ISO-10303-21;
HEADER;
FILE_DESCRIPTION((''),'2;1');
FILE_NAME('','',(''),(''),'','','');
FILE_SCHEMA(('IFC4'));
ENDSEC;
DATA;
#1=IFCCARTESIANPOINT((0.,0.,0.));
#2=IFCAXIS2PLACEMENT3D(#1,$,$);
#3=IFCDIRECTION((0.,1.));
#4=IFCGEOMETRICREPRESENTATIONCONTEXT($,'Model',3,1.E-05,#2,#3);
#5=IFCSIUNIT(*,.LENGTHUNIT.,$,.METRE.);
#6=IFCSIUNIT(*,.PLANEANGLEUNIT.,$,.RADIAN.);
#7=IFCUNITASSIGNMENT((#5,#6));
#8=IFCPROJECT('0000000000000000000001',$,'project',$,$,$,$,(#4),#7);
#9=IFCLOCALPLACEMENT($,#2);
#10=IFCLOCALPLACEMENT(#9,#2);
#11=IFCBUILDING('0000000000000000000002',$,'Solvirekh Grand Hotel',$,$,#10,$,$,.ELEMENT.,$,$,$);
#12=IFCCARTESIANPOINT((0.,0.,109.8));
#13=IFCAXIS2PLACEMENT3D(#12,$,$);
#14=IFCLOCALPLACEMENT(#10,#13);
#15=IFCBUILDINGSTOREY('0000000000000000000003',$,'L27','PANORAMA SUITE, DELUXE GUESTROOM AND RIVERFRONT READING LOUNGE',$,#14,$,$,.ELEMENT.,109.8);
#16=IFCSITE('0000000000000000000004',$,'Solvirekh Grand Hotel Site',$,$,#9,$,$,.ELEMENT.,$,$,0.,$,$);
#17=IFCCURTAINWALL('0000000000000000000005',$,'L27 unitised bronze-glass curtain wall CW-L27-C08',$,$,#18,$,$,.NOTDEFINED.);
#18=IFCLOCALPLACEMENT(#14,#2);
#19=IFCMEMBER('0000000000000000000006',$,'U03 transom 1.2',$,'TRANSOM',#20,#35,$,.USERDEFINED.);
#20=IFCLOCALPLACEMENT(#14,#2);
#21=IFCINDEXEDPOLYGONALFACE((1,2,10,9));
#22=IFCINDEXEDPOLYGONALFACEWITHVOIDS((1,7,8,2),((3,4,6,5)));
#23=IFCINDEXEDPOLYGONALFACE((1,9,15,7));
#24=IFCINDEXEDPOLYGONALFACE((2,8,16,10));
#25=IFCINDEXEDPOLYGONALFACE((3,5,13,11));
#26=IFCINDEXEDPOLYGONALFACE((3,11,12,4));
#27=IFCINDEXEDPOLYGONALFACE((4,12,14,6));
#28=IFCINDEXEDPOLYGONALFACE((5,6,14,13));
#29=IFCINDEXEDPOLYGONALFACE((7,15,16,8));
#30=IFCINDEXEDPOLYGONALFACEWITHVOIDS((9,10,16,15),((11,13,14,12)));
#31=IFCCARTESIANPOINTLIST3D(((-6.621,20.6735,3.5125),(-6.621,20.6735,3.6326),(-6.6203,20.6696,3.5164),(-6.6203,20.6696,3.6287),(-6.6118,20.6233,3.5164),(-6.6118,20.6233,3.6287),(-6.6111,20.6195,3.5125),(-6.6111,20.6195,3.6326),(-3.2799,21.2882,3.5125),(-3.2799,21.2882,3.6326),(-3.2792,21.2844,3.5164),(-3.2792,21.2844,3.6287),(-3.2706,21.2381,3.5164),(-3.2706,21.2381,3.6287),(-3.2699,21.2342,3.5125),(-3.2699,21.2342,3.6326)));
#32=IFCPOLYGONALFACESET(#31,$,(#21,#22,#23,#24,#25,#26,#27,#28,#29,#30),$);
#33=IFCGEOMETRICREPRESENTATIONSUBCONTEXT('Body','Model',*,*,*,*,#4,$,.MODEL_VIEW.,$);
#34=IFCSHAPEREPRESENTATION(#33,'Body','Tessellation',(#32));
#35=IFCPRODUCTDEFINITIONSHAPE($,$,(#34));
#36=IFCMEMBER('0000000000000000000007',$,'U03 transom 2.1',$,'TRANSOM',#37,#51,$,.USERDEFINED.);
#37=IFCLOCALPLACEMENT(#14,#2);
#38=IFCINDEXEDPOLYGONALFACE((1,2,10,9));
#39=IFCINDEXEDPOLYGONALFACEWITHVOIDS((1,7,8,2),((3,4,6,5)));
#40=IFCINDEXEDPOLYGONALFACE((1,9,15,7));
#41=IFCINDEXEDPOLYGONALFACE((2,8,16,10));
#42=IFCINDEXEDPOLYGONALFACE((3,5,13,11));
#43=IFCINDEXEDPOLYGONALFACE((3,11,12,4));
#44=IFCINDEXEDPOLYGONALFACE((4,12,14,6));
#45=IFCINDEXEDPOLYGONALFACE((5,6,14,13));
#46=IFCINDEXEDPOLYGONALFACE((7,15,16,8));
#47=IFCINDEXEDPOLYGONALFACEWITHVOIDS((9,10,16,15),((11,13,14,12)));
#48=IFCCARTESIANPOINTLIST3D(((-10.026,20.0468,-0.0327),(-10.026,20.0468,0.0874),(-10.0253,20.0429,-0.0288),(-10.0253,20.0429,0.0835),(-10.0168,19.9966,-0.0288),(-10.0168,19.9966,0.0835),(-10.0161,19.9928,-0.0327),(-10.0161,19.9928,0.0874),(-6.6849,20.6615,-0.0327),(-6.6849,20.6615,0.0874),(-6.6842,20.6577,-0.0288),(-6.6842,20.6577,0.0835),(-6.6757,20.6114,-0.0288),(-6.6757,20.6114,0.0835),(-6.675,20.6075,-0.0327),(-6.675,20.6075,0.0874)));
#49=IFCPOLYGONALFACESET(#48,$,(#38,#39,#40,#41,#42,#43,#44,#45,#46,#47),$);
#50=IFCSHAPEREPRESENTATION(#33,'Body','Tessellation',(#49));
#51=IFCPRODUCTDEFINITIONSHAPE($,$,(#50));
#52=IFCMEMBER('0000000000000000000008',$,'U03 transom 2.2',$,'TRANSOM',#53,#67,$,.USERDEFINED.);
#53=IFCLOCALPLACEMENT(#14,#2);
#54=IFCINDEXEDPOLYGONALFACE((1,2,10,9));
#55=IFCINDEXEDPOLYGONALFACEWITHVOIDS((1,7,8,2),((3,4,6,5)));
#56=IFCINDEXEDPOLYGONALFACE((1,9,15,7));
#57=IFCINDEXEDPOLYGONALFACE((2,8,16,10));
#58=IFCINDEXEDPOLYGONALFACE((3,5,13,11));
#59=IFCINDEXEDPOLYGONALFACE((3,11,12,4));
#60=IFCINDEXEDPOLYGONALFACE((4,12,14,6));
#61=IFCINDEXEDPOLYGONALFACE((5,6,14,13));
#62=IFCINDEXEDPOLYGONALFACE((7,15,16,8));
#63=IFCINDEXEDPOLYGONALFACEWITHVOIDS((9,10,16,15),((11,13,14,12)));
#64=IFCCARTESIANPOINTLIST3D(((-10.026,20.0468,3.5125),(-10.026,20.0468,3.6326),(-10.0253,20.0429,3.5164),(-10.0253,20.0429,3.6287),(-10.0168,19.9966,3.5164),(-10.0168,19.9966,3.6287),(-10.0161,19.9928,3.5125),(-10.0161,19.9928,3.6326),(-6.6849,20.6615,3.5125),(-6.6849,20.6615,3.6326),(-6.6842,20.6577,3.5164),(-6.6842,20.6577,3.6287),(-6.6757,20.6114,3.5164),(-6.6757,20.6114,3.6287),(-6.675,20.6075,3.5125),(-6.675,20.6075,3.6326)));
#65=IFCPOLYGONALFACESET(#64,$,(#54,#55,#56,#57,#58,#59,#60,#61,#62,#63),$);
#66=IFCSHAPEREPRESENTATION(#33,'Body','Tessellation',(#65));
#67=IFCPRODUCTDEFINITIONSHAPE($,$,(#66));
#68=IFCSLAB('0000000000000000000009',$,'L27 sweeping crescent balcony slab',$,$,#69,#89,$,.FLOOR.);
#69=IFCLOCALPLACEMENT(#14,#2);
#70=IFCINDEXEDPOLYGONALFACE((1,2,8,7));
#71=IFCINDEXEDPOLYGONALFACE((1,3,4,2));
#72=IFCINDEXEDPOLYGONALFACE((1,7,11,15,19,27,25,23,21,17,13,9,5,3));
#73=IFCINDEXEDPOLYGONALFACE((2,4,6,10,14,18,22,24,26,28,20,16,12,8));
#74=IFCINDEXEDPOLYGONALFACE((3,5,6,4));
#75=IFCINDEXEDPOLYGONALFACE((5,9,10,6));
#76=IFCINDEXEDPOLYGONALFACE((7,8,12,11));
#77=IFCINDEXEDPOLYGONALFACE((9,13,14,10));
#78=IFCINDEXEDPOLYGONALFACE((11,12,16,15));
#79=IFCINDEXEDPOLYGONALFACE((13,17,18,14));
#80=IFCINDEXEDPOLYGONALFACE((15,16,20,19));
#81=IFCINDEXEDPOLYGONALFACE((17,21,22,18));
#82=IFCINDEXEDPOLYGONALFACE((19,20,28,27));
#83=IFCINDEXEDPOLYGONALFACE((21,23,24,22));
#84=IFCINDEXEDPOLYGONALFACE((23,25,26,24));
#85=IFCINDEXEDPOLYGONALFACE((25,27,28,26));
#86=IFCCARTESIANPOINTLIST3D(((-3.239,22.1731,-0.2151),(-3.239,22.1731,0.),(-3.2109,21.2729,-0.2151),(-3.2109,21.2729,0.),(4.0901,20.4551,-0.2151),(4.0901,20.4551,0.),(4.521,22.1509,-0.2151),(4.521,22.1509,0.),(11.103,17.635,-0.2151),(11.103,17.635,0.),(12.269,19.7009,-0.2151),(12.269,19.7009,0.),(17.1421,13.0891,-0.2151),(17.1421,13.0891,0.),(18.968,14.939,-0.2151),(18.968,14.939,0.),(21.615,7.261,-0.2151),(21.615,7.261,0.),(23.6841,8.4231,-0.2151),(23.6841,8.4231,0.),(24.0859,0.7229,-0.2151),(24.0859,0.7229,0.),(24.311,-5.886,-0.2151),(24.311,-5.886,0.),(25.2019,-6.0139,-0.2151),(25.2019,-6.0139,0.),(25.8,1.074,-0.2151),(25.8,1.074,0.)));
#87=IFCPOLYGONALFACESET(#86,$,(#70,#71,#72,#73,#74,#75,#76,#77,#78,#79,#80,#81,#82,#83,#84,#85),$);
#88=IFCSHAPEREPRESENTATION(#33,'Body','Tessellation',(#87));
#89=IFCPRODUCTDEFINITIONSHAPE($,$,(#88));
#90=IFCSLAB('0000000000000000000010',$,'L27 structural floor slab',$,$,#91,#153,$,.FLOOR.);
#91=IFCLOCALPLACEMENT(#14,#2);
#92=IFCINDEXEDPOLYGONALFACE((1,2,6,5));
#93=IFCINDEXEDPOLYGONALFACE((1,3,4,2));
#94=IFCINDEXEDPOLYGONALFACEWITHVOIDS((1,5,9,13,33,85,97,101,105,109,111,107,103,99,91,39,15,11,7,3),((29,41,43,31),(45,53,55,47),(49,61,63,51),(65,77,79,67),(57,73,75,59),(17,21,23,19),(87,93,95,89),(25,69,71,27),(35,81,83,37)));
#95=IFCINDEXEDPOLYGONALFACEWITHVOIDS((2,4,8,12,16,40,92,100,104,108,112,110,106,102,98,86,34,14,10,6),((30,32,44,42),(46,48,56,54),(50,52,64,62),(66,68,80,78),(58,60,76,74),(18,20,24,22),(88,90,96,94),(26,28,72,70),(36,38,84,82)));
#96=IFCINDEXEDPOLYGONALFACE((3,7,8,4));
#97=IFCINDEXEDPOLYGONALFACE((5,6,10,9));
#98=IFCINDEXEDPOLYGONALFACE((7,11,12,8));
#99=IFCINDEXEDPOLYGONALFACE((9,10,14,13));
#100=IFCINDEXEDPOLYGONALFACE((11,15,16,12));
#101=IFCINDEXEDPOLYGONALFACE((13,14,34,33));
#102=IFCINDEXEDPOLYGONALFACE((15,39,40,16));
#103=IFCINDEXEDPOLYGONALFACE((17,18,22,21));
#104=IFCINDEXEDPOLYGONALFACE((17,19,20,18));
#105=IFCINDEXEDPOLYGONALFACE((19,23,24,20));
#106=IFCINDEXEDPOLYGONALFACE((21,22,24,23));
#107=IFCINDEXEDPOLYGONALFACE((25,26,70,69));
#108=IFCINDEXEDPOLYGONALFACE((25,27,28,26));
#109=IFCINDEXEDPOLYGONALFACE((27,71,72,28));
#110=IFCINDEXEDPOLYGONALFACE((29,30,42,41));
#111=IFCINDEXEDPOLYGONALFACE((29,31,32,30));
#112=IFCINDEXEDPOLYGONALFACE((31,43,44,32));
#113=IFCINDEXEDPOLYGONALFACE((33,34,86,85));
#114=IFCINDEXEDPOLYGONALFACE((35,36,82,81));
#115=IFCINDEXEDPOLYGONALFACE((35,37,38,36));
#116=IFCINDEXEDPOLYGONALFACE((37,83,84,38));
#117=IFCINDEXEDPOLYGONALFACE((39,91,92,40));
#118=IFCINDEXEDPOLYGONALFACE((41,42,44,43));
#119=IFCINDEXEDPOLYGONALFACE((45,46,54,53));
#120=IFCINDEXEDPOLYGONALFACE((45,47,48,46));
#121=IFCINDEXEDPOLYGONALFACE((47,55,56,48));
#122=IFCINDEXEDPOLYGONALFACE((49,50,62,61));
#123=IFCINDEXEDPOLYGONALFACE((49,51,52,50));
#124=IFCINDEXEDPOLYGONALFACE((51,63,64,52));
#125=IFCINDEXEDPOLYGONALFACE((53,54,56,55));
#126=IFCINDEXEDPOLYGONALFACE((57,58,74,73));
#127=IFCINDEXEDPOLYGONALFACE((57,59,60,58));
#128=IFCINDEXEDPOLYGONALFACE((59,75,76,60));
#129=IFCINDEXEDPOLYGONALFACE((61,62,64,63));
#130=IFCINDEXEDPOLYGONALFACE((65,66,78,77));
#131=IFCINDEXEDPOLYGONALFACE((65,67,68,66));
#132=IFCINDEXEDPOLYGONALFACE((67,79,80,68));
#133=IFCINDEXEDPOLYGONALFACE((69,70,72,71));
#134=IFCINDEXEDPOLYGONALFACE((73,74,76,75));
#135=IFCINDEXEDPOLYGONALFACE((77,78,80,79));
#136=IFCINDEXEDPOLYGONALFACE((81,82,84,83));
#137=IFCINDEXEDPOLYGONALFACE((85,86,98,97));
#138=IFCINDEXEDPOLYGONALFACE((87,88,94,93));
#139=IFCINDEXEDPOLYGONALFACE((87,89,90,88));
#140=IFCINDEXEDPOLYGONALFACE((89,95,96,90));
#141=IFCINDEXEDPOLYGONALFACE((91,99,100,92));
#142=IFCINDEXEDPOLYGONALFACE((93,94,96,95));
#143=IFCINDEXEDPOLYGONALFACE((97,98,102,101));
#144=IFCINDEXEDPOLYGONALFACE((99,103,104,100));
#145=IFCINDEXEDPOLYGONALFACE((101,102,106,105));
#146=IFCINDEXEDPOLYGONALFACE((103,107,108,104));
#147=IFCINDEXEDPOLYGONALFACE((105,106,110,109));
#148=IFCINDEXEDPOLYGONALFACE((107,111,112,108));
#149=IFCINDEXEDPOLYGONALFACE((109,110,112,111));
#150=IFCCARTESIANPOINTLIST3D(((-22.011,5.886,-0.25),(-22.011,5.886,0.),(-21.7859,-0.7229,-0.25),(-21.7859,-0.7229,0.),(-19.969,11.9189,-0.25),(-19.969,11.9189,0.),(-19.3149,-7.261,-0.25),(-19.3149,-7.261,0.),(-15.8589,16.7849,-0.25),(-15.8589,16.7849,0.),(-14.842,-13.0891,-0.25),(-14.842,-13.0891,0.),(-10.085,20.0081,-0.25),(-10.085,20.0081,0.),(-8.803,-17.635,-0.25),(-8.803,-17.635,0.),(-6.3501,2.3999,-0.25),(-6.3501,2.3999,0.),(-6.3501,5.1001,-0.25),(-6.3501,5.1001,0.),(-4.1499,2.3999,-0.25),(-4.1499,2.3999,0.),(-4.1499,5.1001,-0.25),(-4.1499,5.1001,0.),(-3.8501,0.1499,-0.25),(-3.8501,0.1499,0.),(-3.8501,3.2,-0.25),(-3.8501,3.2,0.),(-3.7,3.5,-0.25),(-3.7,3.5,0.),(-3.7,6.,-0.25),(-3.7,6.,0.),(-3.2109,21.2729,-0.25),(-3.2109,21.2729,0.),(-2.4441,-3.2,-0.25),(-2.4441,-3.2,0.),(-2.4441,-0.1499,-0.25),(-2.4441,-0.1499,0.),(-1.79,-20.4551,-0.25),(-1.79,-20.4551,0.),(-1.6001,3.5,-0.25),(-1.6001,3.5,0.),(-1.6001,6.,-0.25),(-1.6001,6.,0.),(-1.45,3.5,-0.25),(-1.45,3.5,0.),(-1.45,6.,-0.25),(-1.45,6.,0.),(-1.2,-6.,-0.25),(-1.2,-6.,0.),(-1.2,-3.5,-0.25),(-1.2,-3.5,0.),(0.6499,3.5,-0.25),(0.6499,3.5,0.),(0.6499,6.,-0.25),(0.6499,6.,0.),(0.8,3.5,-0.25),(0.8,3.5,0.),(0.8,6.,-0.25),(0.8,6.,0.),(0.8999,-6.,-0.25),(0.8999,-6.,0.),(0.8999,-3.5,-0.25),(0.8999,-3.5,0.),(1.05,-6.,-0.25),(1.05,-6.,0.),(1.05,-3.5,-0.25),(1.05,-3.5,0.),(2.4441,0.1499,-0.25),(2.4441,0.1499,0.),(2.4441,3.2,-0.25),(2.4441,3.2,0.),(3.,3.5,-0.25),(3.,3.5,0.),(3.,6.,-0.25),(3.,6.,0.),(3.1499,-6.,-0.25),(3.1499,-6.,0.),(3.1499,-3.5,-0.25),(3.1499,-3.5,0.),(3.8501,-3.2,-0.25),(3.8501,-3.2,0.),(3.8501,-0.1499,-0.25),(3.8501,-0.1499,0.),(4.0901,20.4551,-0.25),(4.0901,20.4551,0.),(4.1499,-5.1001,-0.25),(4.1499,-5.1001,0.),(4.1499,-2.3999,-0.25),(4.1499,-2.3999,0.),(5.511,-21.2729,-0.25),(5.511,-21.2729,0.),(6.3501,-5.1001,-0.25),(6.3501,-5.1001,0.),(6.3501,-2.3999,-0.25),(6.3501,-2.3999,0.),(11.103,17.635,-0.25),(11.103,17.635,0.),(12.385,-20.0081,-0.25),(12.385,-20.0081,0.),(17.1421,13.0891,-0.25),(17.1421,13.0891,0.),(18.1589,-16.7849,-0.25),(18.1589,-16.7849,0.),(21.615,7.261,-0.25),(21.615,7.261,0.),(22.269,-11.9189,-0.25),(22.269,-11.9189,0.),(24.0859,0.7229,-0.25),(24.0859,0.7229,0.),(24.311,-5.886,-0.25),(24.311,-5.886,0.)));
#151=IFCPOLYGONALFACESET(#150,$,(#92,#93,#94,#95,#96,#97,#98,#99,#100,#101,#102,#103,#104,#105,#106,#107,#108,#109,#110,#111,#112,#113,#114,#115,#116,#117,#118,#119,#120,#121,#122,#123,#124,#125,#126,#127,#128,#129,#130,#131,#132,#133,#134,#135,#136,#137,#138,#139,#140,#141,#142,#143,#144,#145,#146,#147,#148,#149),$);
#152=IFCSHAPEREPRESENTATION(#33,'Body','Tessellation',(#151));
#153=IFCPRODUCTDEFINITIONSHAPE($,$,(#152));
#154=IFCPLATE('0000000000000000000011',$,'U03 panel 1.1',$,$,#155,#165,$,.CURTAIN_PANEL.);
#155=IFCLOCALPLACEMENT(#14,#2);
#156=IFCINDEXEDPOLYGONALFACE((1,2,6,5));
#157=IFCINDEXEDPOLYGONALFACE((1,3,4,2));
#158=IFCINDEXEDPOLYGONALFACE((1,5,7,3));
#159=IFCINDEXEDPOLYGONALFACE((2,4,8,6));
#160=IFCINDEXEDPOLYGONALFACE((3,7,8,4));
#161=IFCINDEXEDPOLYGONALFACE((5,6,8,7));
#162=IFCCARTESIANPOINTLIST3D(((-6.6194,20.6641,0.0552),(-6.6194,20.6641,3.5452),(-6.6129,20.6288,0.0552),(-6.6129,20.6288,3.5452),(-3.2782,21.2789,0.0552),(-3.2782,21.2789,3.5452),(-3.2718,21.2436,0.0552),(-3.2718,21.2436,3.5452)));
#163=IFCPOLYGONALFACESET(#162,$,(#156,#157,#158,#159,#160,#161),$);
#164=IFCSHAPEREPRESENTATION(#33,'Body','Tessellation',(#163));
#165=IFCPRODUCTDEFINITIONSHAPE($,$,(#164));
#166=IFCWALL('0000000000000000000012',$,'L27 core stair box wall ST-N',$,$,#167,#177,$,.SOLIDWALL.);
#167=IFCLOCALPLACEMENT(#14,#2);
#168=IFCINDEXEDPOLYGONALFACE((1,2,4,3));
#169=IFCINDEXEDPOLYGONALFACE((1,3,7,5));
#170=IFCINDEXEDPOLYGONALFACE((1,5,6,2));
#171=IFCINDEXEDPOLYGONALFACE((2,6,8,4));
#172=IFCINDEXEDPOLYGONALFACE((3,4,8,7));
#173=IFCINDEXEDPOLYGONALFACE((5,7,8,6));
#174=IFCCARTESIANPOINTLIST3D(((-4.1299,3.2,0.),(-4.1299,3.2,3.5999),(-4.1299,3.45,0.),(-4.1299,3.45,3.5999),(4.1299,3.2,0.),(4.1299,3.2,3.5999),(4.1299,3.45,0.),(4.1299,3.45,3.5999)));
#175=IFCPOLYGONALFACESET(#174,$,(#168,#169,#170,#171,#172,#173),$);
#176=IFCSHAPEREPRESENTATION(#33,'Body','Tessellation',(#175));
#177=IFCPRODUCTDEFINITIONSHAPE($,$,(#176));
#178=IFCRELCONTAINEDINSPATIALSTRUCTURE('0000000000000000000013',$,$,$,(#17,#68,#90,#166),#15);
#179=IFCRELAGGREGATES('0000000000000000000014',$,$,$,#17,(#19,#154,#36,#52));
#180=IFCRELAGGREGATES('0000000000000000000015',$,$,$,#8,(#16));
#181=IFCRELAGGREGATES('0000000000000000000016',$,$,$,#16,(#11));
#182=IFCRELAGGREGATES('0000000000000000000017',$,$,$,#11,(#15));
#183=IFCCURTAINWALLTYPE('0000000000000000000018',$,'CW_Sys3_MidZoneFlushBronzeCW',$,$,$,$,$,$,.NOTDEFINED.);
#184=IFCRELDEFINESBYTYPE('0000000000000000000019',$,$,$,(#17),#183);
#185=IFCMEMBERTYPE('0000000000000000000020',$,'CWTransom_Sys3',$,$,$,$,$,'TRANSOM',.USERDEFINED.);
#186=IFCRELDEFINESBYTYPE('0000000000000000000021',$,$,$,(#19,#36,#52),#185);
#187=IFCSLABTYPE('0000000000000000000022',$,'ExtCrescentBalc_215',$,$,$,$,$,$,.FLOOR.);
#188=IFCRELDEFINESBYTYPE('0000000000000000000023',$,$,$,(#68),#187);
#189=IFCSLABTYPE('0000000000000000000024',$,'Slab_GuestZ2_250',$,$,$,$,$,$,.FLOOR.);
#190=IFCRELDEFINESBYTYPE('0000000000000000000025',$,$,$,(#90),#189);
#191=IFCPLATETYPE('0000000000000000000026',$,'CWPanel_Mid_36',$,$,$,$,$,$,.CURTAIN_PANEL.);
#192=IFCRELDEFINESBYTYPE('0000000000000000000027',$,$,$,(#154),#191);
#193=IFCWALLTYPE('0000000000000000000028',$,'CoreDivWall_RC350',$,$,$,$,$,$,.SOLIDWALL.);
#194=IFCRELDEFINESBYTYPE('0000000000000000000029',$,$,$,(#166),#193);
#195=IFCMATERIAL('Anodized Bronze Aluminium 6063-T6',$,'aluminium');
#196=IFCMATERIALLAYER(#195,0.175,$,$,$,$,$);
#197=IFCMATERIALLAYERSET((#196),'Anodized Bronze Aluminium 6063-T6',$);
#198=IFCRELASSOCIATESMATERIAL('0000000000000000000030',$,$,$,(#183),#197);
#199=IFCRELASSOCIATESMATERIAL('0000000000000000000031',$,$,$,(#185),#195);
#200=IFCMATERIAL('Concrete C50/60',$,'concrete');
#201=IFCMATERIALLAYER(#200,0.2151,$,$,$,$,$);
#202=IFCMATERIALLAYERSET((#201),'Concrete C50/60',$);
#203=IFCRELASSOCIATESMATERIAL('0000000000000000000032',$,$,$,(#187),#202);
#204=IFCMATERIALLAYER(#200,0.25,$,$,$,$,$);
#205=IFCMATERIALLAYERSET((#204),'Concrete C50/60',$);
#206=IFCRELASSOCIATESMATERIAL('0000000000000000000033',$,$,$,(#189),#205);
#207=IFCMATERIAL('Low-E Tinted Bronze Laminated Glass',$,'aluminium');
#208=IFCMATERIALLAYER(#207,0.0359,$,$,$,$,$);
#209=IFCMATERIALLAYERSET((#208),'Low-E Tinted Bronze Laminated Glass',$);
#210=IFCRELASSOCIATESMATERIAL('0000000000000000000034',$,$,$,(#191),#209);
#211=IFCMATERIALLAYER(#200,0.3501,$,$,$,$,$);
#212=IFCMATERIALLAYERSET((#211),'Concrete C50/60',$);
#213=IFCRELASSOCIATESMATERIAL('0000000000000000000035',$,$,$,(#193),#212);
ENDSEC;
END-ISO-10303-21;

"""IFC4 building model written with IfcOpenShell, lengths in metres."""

from ifc_helpers import new_model, si_unit, direction, frame, frame_2d, origin, origin_2d, place, context, subcontext, project, spatial, polyline, rectangle, hollow_rectangle, outline, extrude, source, transform, mapped, material, layer, layer_set, material_profile, profile_set, type_object, element, aggregate, save


model = new_model("IFC4")

# Units and contexts
model_context = context("Model", 3, precision=1e-05, world=origin(), true_north=direction((0.0, 1.0)))
body_context = subcontext(model_context, "Body", "Model", "MODEL_VIEW")
ifc_project = project(units=[si_unit("LENGTHUNIT", "METRE"), si_unit("PLANEANGLEUNIT", "RADIAN")], contexts=[model_context])

# Site, building, storey
site_placement = place(None, origin())
site = spatial("IfcSite", under=ifc_project, at=site_placement, Name="Solvirekh Grand Hotel Site", CompositionType="ELEMENT", RefElevation=0.0)
building_placement = place(site_placement, origin())
building = spatial("IfcBuilding", under=site, at=building_placement, Name="Solvirekh Grand Hotel", CompositionType="ELEMENT")
storey_placement = place(building_placement, frame((0.0, 0.0, 109.8)))
storey = spatial("IfcBuildingStorey", under=building, at=storey_placement, Name="L27", Description="PANORAMA SUITE, DELUXE GUESTROOM AND RIVERFRONT READING LOUNGE", CompositionType="ELEMENT", Elevation=109.8)

# Shared definitions
ifc_material_1 = material(Name="Concrete C50/60", Category="concrete")

# Curtain wall, members
ifc_material_2 = material(Name="Anodized Bronze Aluminium 6063-T6", Category="aluminium")
ifc_layer_1 = layer(ifc_material_2, 0.175)
ifc_layer_set_1 = layer_set([ifc_layer_1], Name="Anodized Bronze Aluminium 6063-T6")
curtain_wall_type = type_object("IfcCurtainWallType", Name="CW_Sys3_MidZoneFlushBronzeCW", PredefinedType="NOTDEFINED", material=ifc_layer_set_1)
curtain_wall_placement = place(storey_placement, origin())
curtain_wall = element("IfcCurtainWall", 1, at=curtain_wall_placement, inside=storey, type_object=curtain_wall_type, Name="L27 unitised bronze-glass curtain wall CW-L27-C08", PredefinedType="NOTDEFINED")
ifc_material_profile_1 = material_profile(ifc_material_2, hollow_rectangle(XDim=0.0549, YDim=0.1201, WallThickness=0.0039, at=origin_2d()), Name="ALU RHS 120X55X4")
ifc_profile_set_1 = profile_set([ifc_material_profile_1], Name="Anodized Bronze Aluminium 6063-T6")
member_type_1 = type_object("IfcMemberType", Name="CWTransom_Sys3", ElementType="TRANSOM", PredefinedType="USERDEFINED", material=ifc_profile_set_1)
shared_shape_1 = source(origin(), body_context, "Body", "SweptSolid", [
    extrude(hollow_rectangle(XDim=0.0549, YDim=0.1201, WallThickness=0.0039, at=origin_2d()), origin(), (0.0, 0.0, 1.0), 3.3972),
])
member_1_placement = place(storey_placement, frame((-3.2749, 21.2612, 3.5725), z_axis=(-0.983491, -0.180959, 0.0), x_axis=(0.180959, -0.983491, 0.0)))
member_1 = element("IfcMember", 2, at=member_1_placement, type_object=member_type_1, Name="U03 transom 1.2", ObjectType="TRANSOM", PredefinedType="USERDEFINED", context=body_context, shape_type="MappedRepresentation", body=[
    mapped(shared_shape_1, transform((0.0, 0.0, 0.0), x_axis=(1.0, 0.0, 0.0), y_axis=(0.0, 1.0, 0.0), z_axis=(0.0, 0.0, 1.0), scale=1.0)),
])
member_2_placement = place(storey_placement, frame((-6.6799, 20.6345, 0.0273), z_axis=(-0.983491, -0.180959, 0.0), x_axis=(0.180959, -0.983491, 0.0)))
member_2 = element("IfcMember", 3, at=member_2_placement, type_object=member_type_1, Name="U03 transom 2.1", ObjectType="TRANSOM", PredefinedType="USERDEFINED", context=body_context, shape_type="MappedRepresentation", body=[
    mapped(shared_shape_1, transform((0.0, 0.0, 0.0), x_axis=(1.0, 0.0, 0.0), y_axis=(0.0, 1.0, 0.0), z_axis=(0.0, 0.0, 1.0), scale=1.0)),
])
member_3_placement = place(storey_placement, frame((-6.6799, 20.6345, 3.5725), z_axis=(-0.983491, -0.180959, 0.0), x_axis=(0.180959, -0.983491, 0.0)))
member_3 = element("IfcMember", 4, at=member_3_placement, type_object=member_type_1, Name="U03 transom 2.2", ObjectType="TRANSOM", PredefinedType="USERDEFINED", context=body_context, shape_type="MappedRepresentation", body=[
    mapped(shared_shape_1, transform((0.0, 0.0, 0.0), x_axis=(1.0, 0.0, 0.0), y_axis=(0.0, 1.0, 0.0), z_axis=(0.0, 0.0, 1.0), scale=1.0)),
])

# Slabs
ifc_layer_2 = layer(ifc_material_1, 0.2151)
ifc_layer_set_2 = layer_set([ifc_layer_2], Name="Concrete C50/60")
slab_type_1 = type_object("IfcSlabType", Name="ExtCrescentBalc_215", PredefinedType="FLOOR", material=ifc_layer_set_2)
slab_1_placement = place(storey_placement, frame((0.0, 0.0, -0.2151)))
element("IfcSlab", 5, at=slab_1_placement, inside=storey, type_object=slab_type_1, Name="L27 sweeping crescent balcony slab", PredefinedType="FLOOR", context=body_context, shape_type="SweptSolid", body=[
    extrude(outline(polyline([(25.2019, -6.0139), (25.8, 1.074), (23.6841, 8.4231), (18.968, 14.939), (12.269, 19.7009), (4.521, 22.1509), (-3.239, 22.1731), (-3.2109, 21.2729), (4.0901, 20.4551), (11.103, 17.635), (17.1421, 13.0891), (21.615, 7.261), (24.0859, 0.7229), (24.311, -5.886), (25.2019, -6.0139)])), origin(), (0.0, 0.0, 1.0), 0.2151),
])
ifc_layer_3 = layer(ifc_material_1, 0.25)
ifc_layer_set_3 = layer_set([ifc_layer_3], Name="Concrete C50/60")
slab_type_2 = type_object("IfcSlabType", Name="Slab_GuestZ2_250", PredefinedType="FLOOR", material=ifc_layer_set_3)
slab_2_placement = place(storey_placement, frame((0.0, 0.0, -0.25)))
element("IfcSlab", 6, at=slab_2_placement, inside=storey, type_object=slab_type_2, Name="L27 structural floor slab", PredefinedType="FLOOR", context=body_context, shape_type="SweptSolid", body=[
    extrude(outline(polyline([(22.269, -11.9189), (24.311, -5.886), (24.0859, 0.7229), (21.615, 7.261), (17.1421, 13.0891), (11.103, 17.635), (4.0901, 20.4551), (-3.2109, 21.2729), (-10.085, 20.0081), (-15.8589, 16.7849), (-19.969, 11.9189), (-22.011, 5.886), (-21.7859, -0.7229), (-19.3149, -7.261), (-14.842, -13.0891), (-8.803, -17.635), (-1.79, -20.4551), (5.511, -21.2729), (12.385, -20.0081), (18.1589, -16.7849), (22.269, -11.9189)]), holes=[polyline([(-2.4441, -0.1499), (3.8501, -0.1499), (3.8501, -3.2), (-2.4441, -3.2), (-2.4441, -0.1499)]), polyline([(2.4441, 0.1499), (-3.8501, 0.1499), (-3.8501, 3.2), (2.4441, 3.2), (2.4441, 0.1499)]), polyline([(-1.2, -3.5), (0.8999, -3.5), (0.8999, -6.0), (-1.2, -6.0), (-1.2, -3.5)]), polyline([(1.05, -3.5), (3.1499, -3.5), (3.1499, -6.0), (1.05, -6.0), (1.05, -3.5)]), polyline([(-3.7, 6.0), (-1.6001, 6.0), (-1.6001, 3.5), (-3.7, 3.5), (-3.7, 6.0)]), polyline([(-1.45, 6.0), (0.6499, 6.0), (0.6499, 3.5), (-1.45, 3.5), (-1.45, 6.0)]), polyline([(0.8, 6.0), (3.0, 6.0), (3.0, 3.5), (0.8, 3.5), (0.8, 6.0)]), polyline([(-6.3501, 5.1001), (-4.1499, 5.1001), (-4.1499, 2.3999), (-6.3501, 2.3999), (-6.3501, 5.1001)]), polyline([(4.1499, -2.3999), (6.3501, -2.3999), (6.3501, -5.1001), (4.1499, -5.1001), (4.1499, -2.3999)])]), origin(), (0.0, 0.0, 1.0), 0.25),
])

# Plate
ifc_material_3 = material(Name="Low-E Tinted Bronze Laminated Glass", Category="aluminium")
ifc_layer_4 = layer(ifc_material_3, 0.0359)
ifc_layer_set_4 = layer_set([ifc_layer_4], Name="Low-E Tinted Bronze Laminated Glass")
plate_type = type_object("IfcPlateType", Name="CWPanel_Mid_36", PredefinedType="CURTAIN_PANEL", material=ifc_layer_set_4)
shared_shape_2 = source(origin(), body_context, "Body", "SweptSolid", [
    extrude(rectangle(XDim=3.3972, YDim=0.0359, at=origin_2d()), origin(), (0.0, 0.0, 1.0), 3.49),
])
plate_placement = place(storey_placement, frame((-4.9456, 20.9539, 0.0552), z_axis=(0.0, 0.0, 1.0), x_axis=(-0.983485, -0.180988, 0.0)))
plate = element("IfcPlate", 7, at=plate_placement, type_object=plate_type, Name="U03 panel 1.1", PredefinedType="CURTAIN_PANEL", context=body_context, shape_type="MappedRepresentation", body=[
    mapped(shared_shape_2, transform((0.0, 0.0, 0.0), x_axis=(1.0, 0.0, 0.0), y_axis=(0.0, 1.0, 0.0), z_axis=(0.0, 0.0, 1.0), scale=1.0)),
])
aggregate(curtain_wall, [member_1, plate, member_2, member_3])

# Wall
ifc_layer_5 = layer(ifc_material_1, 0.3501)
ifc_layer_set_5 = layer_set([ifc_layer_5], Name="Concrete C50/60")
wall_type_1 = type_object("IfcWallType", Name="CoreDivWall_RC350", PredefinedType="SOLIDWALL", material=ifc_layer_set_5)
wall_1_placement = place(storey_placement, frame((-4.1299, 3.325, 0.0), z_axis=(0.0, 0.0, 1.0), x_axis=(1.0, 0.0, 0.0)))
element("IfcWall", 8, at=wall_1_placement, inside=storey, type_object=wall_type_1, Name="L27 core stair box wall ST-N", PredefinedType="SOLIDWALL", context=body_context, shape_type="SweptSolid", body=[
    extrude(rectangle(XDim=8.2598, YDim=0.25, at=frame_2d((4.1299, 0.0))), origin(), (0.0, 0.0, 1.0), 3.5999),
])

save(model, "model.ifc")
